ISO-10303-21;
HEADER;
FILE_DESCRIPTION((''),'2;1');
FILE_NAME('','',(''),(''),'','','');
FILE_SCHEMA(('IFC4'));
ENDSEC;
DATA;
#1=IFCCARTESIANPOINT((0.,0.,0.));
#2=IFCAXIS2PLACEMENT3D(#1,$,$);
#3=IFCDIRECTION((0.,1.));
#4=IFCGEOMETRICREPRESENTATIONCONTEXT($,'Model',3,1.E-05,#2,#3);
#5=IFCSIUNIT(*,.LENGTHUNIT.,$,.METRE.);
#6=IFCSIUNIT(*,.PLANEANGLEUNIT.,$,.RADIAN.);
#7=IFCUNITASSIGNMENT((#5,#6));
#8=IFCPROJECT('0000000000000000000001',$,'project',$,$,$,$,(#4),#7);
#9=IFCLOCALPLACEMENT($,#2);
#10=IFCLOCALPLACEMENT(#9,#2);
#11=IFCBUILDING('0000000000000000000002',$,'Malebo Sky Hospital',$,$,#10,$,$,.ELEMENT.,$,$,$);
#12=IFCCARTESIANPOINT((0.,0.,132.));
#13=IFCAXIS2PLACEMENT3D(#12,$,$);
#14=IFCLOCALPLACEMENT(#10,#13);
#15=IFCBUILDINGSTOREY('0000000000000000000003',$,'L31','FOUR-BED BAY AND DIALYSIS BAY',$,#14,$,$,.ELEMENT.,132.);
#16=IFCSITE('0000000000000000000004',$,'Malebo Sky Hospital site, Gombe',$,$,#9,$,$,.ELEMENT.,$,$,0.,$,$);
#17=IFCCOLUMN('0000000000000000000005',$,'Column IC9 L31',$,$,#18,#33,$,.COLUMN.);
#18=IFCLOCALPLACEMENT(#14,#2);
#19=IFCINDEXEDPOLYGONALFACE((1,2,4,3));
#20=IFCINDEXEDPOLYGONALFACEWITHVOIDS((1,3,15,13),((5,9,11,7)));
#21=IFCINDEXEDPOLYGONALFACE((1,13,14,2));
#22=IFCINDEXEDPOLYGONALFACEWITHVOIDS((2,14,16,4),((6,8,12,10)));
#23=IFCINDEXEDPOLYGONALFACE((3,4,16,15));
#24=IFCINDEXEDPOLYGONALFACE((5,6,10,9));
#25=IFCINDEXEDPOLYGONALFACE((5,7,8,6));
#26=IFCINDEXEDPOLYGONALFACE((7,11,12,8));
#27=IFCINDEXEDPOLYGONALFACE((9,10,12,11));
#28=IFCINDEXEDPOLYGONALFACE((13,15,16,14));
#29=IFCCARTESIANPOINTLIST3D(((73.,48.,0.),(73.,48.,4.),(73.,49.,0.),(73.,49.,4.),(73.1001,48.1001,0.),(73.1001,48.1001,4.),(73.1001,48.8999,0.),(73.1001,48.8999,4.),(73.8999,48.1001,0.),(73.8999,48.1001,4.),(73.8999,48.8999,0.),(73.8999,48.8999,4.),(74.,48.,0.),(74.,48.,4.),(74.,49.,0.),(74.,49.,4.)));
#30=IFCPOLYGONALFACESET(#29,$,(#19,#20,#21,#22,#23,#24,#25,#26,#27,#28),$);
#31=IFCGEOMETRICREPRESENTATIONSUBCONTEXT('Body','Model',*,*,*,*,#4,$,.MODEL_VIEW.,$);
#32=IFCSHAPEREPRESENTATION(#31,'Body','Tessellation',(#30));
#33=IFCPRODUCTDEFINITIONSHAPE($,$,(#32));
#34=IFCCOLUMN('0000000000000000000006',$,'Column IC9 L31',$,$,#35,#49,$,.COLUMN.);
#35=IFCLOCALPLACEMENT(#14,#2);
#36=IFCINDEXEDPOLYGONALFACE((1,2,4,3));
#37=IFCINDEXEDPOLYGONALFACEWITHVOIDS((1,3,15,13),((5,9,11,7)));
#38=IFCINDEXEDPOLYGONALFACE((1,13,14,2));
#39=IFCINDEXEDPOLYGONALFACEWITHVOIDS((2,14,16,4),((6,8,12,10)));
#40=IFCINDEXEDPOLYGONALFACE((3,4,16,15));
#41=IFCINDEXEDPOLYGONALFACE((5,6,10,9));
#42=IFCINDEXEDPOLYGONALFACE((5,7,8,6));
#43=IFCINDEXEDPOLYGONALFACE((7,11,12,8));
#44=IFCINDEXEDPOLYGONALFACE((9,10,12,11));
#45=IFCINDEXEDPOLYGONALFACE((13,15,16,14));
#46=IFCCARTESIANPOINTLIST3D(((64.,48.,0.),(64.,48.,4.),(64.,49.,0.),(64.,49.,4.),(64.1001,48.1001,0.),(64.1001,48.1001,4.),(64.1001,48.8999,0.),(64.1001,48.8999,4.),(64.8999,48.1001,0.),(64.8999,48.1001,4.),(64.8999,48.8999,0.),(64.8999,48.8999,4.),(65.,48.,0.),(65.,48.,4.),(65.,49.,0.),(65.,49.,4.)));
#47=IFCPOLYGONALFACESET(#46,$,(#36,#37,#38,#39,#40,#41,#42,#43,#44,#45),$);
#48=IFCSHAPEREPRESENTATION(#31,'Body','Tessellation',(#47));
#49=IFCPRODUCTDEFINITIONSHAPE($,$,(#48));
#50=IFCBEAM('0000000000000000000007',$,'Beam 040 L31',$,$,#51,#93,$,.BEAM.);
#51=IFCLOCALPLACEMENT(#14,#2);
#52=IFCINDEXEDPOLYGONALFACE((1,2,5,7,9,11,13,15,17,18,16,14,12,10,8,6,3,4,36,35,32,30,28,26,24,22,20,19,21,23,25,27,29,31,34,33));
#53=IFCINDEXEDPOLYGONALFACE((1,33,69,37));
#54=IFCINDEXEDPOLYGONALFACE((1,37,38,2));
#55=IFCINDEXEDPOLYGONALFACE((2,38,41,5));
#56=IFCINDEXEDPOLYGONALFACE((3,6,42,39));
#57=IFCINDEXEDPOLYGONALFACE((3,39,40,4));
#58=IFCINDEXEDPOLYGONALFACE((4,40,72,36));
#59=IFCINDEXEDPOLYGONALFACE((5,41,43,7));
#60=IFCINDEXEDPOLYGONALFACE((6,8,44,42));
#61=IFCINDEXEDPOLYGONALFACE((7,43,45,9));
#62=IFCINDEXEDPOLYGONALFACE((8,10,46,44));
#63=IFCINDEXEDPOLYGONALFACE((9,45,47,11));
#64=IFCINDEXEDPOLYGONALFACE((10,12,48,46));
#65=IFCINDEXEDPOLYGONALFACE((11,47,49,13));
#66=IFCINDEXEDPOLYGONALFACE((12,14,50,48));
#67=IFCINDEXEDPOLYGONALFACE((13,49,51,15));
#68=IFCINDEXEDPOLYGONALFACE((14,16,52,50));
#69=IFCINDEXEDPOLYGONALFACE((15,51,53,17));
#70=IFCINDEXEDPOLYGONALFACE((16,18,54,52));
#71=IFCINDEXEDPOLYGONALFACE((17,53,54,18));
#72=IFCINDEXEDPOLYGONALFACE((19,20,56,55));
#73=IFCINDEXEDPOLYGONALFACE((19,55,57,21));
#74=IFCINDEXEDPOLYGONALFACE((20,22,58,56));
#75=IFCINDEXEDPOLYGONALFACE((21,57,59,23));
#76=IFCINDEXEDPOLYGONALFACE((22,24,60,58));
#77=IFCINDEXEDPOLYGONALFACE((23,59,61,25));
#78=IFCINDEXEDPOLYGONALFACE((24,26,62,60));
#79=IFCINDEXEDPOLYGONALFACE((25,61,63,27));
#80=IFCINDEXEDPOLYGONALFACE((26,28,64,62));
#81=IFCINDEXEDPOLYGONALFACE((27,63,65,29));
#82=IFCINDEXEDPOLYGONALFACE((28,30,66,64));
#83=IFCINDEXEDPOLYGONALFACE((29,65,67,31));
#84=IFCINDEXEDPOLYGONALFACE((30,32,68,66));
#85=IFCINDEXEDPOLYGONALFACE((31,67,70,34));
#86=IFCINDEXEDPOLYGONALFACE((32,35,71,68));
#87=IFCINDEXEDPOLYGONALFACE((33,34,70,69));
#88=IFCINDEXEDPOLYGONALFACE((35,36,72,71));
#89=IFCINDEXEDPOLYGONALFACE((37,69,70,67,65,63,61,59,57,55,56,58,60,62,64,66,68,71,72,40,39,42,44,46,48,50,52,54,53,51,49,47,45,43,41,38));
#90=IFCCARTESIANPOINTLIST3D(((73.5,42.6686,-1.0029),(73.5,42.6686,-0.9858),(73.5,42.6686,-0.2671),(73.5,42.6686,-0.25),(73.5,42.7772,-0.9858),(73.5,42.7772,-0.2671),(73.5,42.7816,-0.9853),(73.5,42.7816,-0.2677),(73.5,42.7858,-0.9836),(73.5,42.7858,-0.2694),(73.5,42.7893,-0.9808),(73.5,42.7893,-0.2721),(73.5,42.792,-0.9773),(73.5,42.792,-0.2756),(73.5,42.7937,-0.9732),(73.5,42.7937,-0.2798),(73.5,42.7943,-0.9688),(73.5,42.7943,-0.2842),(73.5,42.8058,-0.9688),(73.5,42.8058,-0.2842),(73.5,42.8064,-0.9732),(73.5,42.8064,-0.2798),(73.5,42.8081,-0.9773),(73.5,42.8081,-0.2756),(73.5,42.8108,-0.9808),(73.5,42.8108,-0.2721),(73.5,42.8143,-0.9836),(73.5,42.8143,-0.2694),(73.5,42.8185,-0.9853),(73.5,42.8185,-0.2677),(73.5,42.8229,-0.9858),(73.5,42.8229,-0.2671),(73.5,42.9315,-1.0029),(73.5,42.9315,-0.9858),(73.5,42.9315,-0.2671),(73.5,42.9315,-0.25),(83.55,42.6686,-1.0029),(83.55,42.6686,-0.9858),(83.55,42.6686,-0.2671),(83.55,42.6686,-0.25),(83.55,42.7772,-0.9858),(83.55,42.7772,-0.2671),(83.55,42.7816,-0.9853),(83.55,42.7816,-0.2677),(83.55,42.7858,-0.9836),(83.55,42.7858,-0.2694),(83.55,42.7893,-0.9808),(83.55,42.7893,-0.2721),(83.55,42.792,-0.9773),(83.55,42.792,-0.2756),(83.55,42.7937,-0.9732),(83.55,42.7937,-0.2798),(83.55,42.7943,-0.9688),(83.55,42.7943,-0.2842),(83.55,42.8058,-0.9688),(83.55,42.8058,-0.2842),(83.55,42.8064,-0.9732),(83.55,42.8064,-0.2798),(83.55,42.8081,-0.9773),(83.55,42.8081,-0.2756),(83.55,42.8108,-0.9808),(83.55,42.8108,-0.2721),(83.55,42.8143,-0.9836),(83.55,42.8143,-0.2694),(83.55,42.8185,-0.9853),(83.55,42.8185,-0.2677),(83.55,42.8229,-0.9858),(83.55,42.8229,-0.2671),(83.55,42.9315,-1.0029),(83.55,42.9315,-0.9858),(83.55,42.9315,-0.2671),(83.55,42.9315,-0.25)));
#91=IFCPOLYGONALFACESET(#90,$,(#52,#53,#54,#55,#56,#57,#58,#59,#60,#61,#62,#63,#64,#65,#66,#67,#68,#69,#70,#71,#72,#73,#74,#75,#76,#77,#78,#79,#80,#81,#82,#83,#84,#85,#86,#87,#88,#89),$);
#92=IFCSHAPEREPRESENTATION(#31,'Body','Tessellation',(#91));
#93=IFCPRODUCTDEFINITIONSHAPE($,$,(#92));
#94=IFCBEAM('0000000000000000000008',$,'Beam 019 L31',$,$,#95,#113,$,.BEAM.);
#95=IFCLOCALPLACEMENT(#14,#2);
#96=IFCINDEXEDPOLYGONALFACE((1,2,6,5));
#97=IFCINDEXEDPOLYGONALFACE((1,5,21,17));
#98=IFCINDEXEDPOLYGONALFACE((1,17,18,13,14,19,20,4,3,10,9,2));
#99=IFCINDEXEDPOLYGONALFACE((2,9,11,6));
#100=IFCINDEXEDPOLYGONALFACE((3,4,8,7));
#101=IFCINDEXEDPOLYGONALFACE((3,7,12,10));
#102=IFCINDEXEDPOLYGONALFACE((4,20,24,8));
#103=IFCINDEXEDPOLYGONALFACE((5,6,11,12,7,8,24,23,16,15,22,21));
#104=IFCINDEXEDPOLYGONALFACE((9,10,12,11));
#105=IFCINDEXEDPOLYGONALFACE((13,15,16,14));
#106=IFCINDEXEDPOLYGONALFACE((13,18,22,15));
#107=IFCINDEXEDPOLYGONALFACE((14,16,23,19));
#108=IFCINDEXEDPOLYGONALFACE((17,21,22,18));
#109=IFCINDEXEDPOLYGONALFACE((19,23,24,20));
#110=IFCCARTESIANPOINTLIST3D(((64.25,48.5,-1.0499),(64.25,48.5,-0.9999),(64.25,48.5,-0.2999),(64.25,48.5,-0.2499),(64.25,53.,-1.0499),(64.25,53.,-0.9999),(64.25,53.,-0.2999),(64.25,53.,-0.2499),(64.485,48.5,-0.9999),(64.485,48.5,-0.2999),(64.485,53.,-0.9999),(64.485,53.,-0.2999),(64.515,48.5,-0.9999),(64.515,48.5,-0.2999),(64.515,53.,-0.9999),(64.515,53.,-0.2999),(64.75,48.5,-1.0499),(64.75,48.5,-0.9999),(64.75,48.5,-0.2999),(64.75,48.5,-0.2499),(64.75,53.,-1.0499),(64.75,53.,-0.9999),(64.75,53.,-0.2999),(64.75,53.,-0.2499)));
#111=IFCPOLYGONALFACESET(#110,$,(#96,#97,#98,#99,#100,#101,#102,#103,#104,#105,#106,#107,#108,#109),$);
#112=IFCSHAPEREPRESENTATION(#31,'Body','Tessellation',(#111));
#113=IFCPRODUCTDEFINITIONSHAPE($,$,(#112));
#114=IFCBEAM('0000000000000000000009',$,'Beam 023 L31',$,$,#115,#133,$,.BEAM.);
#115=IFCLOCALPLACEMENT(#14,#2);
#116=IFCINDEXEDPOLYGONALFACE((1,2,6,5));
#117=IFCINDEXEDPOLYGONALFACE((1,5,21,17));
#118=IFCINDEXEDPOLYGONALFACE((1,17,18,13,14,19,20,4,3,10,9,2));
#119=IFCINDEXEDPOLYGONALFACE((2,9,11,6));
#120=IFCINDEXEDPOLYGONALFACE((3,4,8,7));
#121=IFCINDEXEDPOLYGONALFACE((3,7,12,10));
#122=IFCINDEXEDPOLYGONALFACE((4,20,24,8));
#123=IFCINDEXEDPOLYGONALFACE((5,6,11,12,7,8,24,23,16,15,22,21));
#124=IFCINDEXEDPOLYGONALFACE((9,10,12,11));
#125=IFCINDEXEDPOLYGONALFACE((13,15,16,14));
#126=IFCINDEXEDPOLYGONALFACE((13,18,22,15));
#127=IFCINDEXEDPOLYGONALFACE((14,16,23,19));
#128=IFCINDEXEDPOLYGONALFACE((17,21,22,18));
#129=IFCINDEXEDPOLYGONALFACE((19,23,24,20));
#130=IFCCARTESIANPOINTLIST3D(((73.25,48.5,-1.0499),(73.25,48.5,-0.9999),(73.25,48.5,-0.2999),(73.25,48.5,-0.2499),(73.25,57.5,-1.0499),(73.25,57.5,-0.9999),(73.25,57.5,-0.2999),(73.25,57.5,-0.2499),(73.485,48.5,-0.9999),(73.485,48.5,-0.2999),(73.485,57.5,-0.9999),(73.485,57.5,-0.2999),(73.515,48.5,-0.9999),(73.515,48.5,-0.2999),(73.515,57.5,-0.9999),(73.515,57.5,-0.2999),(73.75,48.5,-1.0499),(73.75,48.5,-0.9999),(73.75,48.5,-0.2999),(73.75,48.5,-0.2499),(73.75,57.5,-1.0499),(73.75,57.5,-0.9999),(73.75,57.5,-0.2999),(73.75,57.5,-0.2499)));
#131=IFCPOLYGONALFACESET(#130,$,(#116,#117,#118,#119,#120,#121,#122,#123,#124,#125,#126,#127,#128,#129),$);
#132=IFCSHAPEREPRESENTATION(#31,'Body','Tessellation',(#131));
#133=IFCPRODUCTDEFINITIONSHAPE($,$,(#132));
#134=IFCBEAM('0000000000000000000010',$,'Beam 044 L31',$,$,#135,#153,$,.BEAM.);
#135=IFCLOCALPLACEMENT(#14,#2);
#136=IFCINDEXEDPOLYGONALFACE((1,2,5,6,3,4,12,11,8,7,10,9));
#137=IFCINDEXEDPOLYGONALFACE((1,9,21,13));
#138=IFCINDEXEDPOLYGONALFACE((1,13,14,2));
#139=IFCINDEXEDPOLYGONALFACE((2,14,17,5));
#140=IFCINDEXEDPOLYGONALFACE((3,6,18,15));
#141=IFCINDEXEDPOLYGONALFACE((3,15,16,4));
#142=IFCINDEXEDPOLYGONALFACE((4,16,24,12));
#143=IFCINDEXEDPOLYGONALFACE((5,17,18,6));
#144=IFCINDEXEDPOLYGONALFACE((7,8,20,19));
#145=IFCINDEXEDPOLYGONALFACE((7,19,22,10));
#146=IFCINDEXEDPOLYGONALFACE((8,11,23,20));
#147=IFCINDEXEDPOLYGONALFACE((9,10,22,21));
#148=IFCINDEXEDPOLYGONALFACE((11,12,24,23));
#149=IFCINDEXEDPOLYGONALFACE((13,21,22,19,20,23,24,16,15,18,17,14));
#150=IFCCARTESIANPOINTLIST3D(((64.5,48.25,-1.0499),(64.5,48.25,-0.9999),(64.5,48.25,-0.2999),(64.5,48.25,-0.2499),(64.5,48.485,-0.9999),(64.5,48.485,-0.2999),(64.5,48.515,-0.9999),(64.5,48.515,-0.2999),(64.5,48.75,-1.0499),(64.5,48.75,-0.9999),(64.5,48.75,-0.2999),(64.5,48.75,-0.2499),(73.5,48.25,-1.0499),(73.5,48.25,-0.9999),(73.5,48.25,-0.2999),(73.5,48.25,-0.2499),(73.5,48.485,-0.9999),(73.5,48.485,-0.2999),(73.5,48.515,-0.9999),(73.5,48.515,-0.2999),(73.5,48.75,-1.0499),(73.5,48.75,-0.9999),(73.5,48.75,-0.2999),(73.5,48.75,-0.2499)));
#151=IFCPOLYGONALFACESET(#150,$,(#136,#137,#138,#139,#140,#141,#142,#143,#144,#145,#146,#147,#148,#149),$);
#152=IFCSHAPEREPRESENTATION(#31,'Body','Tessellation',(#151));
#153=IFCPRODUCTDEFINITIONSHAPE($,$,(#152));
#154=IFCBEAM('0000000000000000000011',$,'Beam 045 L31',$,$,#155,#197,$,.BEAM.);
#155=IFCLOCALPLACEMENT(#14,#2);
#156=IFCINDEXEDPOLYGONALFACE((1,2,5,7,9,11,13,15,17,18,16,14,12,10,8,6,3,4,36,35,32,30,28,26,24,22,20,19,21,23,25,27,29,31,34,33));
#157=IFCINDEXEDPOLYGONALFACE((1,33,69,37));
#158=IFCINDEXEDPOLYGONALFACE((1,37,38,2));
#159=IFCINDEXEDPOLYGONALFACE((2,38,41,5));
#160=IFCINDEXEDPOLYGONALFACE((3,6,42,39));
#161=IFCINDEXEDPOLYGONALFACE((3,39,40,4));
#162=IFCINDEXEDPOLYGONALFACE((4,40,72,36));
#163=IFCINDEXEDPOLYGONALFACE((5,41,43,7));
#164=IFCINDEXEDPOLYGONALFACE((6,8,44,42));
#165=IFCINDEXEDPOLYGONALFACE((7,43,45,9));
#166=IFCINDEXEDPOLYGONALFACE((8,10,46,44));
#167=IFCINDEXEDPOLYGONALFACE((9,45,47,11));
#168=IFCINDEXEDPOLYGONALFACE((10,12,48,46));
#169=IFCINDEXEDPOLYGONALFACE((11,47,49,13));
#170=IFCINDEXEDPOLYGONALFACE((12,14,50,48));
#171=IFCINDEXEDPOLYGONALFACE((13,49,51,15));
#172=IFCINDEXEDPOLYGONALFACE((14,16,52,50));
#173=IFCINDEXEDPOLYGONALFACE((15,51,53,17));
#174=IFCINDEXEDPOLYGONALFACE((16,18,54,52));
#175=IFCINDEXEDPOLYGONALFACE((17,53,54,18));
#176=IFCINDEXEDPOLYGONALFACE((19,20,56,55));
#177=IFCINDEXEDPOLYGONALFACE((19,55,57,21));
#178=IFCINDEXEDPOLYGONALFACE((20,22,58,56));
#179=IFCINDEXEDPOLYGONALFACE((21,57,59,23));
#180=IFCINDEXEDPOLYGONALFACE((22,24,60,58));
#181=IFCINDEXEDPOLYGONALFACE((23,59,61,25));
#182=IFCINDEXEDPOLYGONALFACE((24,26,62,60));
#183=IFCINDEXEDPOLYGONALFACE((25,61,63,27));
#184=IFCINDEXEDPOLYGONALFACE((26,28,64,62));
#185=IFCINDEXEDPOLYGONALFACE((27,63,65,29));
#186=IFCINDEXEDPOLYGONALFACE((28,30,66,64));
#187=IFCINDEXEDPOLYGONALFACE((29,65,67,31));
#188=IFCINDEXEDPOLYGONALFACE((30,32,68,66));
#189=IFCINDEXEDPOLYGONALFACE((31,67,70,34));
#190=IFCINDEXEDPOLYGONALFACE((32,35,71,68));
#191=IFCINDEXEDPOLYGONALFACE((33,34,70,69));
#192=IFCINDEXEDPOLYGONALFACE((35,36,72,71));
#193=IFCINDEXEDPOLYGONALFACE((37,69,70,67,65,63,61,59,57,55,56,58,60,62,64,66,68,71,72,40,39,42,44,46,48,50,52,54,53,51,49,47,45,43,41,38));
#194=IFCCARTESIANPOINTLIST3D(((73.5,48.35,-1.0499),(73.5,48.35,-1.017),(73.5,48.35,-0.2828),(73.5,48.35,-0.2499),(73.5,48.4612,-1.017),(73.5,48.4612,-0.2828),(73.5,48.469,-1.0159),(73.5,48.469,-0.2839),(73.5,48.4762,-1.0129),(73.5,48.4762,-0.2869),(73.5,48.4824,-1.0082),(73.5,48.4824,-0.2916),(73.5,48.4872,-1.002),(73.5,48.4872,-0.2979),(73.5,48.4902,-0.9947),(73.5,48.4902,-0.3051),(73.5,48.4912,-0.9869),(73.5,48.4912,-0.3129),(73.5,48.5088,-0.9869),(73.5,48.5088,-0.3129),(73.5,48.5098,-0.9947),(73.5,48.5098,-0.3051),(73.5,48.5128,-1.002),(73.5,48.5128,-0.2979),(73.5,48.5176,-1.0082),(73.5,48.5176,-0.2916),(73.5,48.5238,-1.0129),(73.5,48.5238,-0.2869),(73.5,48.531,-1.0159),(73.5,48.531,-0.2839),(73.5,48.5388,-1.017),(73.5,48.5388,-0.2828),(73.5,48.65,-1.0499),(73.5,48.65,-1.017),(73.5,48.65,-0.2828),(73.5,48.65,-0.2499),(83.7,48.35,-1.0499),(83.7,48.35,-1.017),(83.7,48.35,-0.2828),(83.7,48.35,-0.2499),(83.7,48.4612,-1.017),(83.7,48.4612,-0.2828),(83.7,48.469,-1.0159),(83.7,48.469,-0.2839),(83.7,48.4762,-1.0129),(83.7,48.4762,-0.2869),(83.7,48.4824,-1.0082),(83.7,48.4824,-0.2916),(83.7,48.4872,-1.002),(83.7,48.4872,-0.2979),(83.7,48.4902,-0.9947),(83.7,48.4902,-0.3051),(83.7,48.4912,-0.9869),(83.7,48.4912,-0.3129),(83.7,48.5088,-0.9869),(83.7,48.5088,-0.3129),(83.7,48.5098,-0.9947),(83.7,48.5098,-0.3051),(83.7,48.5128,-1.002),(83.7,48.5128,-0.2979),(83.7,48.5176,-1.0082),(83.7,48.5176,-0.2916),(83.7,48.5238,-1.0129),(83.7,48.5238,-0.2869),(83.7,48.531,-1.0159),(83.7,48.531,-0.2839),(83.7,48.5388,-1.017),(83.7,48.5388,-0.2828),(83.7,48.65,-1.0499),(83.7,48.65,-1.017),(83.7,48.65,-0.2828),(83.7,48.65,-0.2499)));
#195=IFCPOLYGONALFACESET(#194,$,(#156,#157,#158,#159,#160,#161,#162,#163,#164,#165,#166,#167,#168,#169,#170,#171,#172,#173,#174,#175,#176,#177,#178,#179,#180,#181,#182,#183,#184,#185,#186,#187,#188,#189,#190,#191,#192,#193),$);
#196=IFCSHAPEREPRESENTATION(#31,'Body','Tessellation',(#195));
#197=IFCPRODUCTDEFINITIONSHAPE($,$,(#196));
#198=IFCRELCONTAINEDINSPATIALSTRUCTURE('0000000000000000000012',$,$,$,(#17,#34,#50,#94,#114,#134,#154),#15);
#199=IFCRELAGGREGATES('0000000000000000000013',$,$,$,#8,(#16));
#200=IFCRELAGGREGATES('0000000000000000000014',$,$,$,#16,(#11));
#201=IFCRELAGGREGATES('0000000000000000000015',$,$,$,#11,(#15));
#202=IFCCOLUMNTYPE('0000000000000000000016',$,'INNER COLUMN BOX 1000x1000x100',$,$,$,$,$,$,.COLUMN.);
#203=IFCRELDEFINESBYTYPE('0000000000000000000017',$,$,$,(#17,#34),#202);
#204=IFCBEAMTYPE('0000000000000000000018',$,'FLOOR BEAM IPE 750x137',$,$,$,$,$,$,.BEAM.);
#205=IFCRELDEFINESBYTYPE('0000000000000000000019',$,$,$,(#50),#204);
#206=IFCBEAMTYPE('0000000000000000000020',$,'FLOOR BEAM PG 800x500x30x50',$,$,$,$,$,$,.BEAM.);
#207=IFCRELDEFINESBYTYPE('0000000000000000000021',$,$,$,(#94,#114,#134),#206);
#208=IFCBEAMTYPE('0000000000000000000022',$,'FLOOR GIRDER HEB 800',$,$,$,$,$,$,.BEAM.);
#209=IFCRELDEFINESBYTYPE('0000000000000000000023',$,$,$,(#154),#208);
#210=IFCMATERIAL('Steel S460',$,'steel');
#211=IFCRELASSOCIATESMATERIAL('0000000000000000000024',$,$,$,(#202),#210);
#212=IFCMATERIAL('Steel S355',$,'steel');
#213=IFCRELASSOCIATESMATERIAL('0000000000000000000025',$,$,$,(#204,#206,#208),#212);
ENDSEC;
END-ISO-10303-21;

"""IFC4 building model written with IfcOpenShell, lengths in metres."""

from ifc_helpers import new_model, si_unit, direction, frame, origin, origin_2d, place, context, subcontext, project, spatial, hollow_rectangle, i_section, extrude, material, material_profile, profile_set, type_object, element, save


model = new_model("IFC4")

# Units and contexts
model_context = context("Model", 3, precision=1e-05, world=origin(), true_north=direction((0.0, 1.0)))
body_context = subcontext(model_context, "Body", "Model", "MODEL_VIEW")
ifc_project = project(units=[si_unit("LENGTHUNIT", "METRE"), si_unit("PLANEANGLEUNIT", "RADIAN")], contexts=[model_context])

# Site, building, storey
site_placement = place(None, origin())
site = spatial("IfcSite", under=ifc_project, at=site_placement, Name="Malebo Sky Hospital site, Gombe", CompositionType="ELEMENT", RefElevation=0.0)
building_placement = place(site_placement, origin())
building = spatial("IfcBuilding", under=site, at=building_placement, Name="Malebo Sky Hospital", CompositionType="ELEMENT")
storey_placement = place(building_placement, frame((0.0, 0.0, 132.0)))
storey = spatial("IfcBuildingStorey", under=building, at=storey_placement, Name="L31", Description="FOUR-BED BAY AND DIALYSIS BAY", CompositionType="ELEMENT", Elevation=132.0)

# Columns
ifc_material_1 = material(Name="Steel S460", Category="steel")
ifc_material_profile_1 = material_profile(ifc_material_1, hollow_rectangle(XDim=1.0, YDim=1.0, WallThickness=0.1001, at=origin_2d()), Name="BOX 1000x1000x100")
ifc_profile_set_1 = profile_set([ifc_material_profile_1], Name="Steel S460")
column_type = type_object("IfcColumnType", Name="INNER COLUMN BOX 1000x1000x100", PredefinedType="COLUMN", material=ifc_profile_set_1)
for number, where, z_axis, x_axis, name in (
    (1, (73.5, 48.5, 0.0), (0.0, 0.0, 1.0), (1.0, 0.0, 0.0), "Column IC9 L31"),
    (2, (64.5, 48.5, 0.0), (0.0, 0.0, 1.0), (1.0, 0.0, 0.0), "Column IC9 L31"),
):
    element("IfcColumn", number, at=place(storey_placement, frame(where, z_axis=z_axis, x_axis=x_axis)), inside=storey, type_object=column_type, Name=name, PredefinedType="COLUMN", context=body_context, shape_type="SweptSolid", body=[
        extrude(hollow_rectangle(XDim=1.0, YDim=1.0, WallThickness=0.1001, at=origin_2d()), origin(), (0.0, 0.0, 1.0), 4.0),
    ])

# Beams
ifc_material_2 = material(Name="Steel S355", Category="steel")
ifc_material_profile_2 = material_profile(ifc_material_2, i_section(OverallWidth=0.2629, OverallDepth=0.7529, WebThickness=0.0115, FlangeThickness=0.0171, FilletRadius=0.0171, at=origin_2d()), Name="IPE 750x137")
ifc_profile_set_2 = profile_set([ifc_material_profile_2], Name="Steel S355")
beam_type_1 = type_object("IfcBeamType", Name="FLOOR BEAM IPE 750x137", PredefinedType="BEAM", material=ifc_profile_set_2)
beam_1_placement = place(storey_placement, frame((73.5, 42.8, -0.6265), z_axis=(1.0, 0.0, 0.0), x_axis=(0.0, 1.0, 0.0)))
element("IfcBeam", 3, at=beam_1_placement, inside=storey, type_object=beam_type_1, Name="Beam 040 L31", PredefinedType="BEAM", context=body_context, shape_type="SweptSolid", body=[
    extrude(i_section(OverallWidth=0.2629, OverallDepth=0.7529, WebThickness=0.0115, FlangeThickness=0.0171, FilletRadius=0.0171, at=origin_2d()), origin(), (0.0, 0.0, 1.0), 10.05),
])
ifc_material_profile_3 = material_profile(ifc_material_2, i_section(OverallWidth=0.5, OverallDepth=0.8, WebThickness=0.03, FlangeThickness=0.05, at=origin_2d()), Name="PG 800x500x30x50")
ifc_profile_set_3 = profile_set([ifc_material_profile_3], Name="Steel S355")
beam_type_2 = type_object("IfcBeamType", Name="FLOOR BEAM PG 800x500x30x50", PredefinedType="BEAM", material=ifc_profile_set_3)
beam_2_placement = place(storey_placement, frame((64.5, 48.5, -0.6499), z_axis=(0.0, 1.0, 0.0), x_axis=(-1.0, 0.0, 0.0)))
element("IfcBeam", 4, at=beam_2_placement, inside=storey, type_object=beam_type_2, Name="Beam 019 L31", PredefinedType="BEAM", context=body_context, shape_type="SweptSolid", body=[
    extrude(i_section(OverallWidth=0.5, OverallDepth=0.8, WebThickness=0.03, FlangeThickness=0.05, at=origin_2d()), origin(), (0.0, 0.0, 1.0), 4.5),
])
for number, where, z_axis, x_axis, name in (
    (5, (73.5, 48.5, -0.6499), (0.0, 1.0, 0.0), (-1.0, 0.0, 0.0), "Beam 023 L31"),
    (6, (64.5, 48.5, -0.6499), (1.0, 0.0, 0.0), (0.0, 1.0, 0.0), "Beam 044 L31"),
):
    element("IfcBeam", number, at=place(storey_placement, frame(where, z_axis=z_axis, x_axis=x_axis)), inside=storey, type_object=beam_type_2, Name=name, PredefinedType="BEAM", context=body_context, shape_type="SweptSolid", body=[
        extrude(i_section(OverallWidth=0.5, OverallDepth=0.8, WebThickness=0.03, FlangeThickness=0.05, at=origin_2d()), origin(), (0.0, 0.0, 1.0), 9.0),
    ])
ifc_material_profile_4 = material_profile(ifc_material_2, i_section(OverallWidth=0.3, OverallDepth=0.8, WebThickness=0.0176, FlangeThickness=0.033, FilletRadius=0.03, at=origin_2d()), Name="HEB 800")
ifc_profile_set_4 = profile_set([ifc_material_profile_4], Name="Steel S355")
beam_type_3 = type_object("IfcBeamType", Name="FLOOR GIRDER HEB 800", PredefinedType="BEAM", material=ifc_profile_set_4)
beam_3_placement = place(storey_placement, frame((73.5, 48.5, -0.6499), z_axis=(1.0, 0.0, 0.0), x_axis=(0.0, 1.0, 0.0)))
element("IfcBeam", 7, at=beam_3_placement, inside=storey, type_object=beam_type_3, Name="Beam 045 L31", PredefinedType="BEAM", context=body_context, shape_type="SweptSolid", body=[
    extrude(i_section(OverallWidth=0.3, OverallDepth=0.8, WebThickness=0.0176, FlangeThickness=0.033, FilletRadius=0.03, at=origin_2d()), origin(), (0.0, 0.0, 1.0), 10.2),
])

save(model, "model.ifc")
